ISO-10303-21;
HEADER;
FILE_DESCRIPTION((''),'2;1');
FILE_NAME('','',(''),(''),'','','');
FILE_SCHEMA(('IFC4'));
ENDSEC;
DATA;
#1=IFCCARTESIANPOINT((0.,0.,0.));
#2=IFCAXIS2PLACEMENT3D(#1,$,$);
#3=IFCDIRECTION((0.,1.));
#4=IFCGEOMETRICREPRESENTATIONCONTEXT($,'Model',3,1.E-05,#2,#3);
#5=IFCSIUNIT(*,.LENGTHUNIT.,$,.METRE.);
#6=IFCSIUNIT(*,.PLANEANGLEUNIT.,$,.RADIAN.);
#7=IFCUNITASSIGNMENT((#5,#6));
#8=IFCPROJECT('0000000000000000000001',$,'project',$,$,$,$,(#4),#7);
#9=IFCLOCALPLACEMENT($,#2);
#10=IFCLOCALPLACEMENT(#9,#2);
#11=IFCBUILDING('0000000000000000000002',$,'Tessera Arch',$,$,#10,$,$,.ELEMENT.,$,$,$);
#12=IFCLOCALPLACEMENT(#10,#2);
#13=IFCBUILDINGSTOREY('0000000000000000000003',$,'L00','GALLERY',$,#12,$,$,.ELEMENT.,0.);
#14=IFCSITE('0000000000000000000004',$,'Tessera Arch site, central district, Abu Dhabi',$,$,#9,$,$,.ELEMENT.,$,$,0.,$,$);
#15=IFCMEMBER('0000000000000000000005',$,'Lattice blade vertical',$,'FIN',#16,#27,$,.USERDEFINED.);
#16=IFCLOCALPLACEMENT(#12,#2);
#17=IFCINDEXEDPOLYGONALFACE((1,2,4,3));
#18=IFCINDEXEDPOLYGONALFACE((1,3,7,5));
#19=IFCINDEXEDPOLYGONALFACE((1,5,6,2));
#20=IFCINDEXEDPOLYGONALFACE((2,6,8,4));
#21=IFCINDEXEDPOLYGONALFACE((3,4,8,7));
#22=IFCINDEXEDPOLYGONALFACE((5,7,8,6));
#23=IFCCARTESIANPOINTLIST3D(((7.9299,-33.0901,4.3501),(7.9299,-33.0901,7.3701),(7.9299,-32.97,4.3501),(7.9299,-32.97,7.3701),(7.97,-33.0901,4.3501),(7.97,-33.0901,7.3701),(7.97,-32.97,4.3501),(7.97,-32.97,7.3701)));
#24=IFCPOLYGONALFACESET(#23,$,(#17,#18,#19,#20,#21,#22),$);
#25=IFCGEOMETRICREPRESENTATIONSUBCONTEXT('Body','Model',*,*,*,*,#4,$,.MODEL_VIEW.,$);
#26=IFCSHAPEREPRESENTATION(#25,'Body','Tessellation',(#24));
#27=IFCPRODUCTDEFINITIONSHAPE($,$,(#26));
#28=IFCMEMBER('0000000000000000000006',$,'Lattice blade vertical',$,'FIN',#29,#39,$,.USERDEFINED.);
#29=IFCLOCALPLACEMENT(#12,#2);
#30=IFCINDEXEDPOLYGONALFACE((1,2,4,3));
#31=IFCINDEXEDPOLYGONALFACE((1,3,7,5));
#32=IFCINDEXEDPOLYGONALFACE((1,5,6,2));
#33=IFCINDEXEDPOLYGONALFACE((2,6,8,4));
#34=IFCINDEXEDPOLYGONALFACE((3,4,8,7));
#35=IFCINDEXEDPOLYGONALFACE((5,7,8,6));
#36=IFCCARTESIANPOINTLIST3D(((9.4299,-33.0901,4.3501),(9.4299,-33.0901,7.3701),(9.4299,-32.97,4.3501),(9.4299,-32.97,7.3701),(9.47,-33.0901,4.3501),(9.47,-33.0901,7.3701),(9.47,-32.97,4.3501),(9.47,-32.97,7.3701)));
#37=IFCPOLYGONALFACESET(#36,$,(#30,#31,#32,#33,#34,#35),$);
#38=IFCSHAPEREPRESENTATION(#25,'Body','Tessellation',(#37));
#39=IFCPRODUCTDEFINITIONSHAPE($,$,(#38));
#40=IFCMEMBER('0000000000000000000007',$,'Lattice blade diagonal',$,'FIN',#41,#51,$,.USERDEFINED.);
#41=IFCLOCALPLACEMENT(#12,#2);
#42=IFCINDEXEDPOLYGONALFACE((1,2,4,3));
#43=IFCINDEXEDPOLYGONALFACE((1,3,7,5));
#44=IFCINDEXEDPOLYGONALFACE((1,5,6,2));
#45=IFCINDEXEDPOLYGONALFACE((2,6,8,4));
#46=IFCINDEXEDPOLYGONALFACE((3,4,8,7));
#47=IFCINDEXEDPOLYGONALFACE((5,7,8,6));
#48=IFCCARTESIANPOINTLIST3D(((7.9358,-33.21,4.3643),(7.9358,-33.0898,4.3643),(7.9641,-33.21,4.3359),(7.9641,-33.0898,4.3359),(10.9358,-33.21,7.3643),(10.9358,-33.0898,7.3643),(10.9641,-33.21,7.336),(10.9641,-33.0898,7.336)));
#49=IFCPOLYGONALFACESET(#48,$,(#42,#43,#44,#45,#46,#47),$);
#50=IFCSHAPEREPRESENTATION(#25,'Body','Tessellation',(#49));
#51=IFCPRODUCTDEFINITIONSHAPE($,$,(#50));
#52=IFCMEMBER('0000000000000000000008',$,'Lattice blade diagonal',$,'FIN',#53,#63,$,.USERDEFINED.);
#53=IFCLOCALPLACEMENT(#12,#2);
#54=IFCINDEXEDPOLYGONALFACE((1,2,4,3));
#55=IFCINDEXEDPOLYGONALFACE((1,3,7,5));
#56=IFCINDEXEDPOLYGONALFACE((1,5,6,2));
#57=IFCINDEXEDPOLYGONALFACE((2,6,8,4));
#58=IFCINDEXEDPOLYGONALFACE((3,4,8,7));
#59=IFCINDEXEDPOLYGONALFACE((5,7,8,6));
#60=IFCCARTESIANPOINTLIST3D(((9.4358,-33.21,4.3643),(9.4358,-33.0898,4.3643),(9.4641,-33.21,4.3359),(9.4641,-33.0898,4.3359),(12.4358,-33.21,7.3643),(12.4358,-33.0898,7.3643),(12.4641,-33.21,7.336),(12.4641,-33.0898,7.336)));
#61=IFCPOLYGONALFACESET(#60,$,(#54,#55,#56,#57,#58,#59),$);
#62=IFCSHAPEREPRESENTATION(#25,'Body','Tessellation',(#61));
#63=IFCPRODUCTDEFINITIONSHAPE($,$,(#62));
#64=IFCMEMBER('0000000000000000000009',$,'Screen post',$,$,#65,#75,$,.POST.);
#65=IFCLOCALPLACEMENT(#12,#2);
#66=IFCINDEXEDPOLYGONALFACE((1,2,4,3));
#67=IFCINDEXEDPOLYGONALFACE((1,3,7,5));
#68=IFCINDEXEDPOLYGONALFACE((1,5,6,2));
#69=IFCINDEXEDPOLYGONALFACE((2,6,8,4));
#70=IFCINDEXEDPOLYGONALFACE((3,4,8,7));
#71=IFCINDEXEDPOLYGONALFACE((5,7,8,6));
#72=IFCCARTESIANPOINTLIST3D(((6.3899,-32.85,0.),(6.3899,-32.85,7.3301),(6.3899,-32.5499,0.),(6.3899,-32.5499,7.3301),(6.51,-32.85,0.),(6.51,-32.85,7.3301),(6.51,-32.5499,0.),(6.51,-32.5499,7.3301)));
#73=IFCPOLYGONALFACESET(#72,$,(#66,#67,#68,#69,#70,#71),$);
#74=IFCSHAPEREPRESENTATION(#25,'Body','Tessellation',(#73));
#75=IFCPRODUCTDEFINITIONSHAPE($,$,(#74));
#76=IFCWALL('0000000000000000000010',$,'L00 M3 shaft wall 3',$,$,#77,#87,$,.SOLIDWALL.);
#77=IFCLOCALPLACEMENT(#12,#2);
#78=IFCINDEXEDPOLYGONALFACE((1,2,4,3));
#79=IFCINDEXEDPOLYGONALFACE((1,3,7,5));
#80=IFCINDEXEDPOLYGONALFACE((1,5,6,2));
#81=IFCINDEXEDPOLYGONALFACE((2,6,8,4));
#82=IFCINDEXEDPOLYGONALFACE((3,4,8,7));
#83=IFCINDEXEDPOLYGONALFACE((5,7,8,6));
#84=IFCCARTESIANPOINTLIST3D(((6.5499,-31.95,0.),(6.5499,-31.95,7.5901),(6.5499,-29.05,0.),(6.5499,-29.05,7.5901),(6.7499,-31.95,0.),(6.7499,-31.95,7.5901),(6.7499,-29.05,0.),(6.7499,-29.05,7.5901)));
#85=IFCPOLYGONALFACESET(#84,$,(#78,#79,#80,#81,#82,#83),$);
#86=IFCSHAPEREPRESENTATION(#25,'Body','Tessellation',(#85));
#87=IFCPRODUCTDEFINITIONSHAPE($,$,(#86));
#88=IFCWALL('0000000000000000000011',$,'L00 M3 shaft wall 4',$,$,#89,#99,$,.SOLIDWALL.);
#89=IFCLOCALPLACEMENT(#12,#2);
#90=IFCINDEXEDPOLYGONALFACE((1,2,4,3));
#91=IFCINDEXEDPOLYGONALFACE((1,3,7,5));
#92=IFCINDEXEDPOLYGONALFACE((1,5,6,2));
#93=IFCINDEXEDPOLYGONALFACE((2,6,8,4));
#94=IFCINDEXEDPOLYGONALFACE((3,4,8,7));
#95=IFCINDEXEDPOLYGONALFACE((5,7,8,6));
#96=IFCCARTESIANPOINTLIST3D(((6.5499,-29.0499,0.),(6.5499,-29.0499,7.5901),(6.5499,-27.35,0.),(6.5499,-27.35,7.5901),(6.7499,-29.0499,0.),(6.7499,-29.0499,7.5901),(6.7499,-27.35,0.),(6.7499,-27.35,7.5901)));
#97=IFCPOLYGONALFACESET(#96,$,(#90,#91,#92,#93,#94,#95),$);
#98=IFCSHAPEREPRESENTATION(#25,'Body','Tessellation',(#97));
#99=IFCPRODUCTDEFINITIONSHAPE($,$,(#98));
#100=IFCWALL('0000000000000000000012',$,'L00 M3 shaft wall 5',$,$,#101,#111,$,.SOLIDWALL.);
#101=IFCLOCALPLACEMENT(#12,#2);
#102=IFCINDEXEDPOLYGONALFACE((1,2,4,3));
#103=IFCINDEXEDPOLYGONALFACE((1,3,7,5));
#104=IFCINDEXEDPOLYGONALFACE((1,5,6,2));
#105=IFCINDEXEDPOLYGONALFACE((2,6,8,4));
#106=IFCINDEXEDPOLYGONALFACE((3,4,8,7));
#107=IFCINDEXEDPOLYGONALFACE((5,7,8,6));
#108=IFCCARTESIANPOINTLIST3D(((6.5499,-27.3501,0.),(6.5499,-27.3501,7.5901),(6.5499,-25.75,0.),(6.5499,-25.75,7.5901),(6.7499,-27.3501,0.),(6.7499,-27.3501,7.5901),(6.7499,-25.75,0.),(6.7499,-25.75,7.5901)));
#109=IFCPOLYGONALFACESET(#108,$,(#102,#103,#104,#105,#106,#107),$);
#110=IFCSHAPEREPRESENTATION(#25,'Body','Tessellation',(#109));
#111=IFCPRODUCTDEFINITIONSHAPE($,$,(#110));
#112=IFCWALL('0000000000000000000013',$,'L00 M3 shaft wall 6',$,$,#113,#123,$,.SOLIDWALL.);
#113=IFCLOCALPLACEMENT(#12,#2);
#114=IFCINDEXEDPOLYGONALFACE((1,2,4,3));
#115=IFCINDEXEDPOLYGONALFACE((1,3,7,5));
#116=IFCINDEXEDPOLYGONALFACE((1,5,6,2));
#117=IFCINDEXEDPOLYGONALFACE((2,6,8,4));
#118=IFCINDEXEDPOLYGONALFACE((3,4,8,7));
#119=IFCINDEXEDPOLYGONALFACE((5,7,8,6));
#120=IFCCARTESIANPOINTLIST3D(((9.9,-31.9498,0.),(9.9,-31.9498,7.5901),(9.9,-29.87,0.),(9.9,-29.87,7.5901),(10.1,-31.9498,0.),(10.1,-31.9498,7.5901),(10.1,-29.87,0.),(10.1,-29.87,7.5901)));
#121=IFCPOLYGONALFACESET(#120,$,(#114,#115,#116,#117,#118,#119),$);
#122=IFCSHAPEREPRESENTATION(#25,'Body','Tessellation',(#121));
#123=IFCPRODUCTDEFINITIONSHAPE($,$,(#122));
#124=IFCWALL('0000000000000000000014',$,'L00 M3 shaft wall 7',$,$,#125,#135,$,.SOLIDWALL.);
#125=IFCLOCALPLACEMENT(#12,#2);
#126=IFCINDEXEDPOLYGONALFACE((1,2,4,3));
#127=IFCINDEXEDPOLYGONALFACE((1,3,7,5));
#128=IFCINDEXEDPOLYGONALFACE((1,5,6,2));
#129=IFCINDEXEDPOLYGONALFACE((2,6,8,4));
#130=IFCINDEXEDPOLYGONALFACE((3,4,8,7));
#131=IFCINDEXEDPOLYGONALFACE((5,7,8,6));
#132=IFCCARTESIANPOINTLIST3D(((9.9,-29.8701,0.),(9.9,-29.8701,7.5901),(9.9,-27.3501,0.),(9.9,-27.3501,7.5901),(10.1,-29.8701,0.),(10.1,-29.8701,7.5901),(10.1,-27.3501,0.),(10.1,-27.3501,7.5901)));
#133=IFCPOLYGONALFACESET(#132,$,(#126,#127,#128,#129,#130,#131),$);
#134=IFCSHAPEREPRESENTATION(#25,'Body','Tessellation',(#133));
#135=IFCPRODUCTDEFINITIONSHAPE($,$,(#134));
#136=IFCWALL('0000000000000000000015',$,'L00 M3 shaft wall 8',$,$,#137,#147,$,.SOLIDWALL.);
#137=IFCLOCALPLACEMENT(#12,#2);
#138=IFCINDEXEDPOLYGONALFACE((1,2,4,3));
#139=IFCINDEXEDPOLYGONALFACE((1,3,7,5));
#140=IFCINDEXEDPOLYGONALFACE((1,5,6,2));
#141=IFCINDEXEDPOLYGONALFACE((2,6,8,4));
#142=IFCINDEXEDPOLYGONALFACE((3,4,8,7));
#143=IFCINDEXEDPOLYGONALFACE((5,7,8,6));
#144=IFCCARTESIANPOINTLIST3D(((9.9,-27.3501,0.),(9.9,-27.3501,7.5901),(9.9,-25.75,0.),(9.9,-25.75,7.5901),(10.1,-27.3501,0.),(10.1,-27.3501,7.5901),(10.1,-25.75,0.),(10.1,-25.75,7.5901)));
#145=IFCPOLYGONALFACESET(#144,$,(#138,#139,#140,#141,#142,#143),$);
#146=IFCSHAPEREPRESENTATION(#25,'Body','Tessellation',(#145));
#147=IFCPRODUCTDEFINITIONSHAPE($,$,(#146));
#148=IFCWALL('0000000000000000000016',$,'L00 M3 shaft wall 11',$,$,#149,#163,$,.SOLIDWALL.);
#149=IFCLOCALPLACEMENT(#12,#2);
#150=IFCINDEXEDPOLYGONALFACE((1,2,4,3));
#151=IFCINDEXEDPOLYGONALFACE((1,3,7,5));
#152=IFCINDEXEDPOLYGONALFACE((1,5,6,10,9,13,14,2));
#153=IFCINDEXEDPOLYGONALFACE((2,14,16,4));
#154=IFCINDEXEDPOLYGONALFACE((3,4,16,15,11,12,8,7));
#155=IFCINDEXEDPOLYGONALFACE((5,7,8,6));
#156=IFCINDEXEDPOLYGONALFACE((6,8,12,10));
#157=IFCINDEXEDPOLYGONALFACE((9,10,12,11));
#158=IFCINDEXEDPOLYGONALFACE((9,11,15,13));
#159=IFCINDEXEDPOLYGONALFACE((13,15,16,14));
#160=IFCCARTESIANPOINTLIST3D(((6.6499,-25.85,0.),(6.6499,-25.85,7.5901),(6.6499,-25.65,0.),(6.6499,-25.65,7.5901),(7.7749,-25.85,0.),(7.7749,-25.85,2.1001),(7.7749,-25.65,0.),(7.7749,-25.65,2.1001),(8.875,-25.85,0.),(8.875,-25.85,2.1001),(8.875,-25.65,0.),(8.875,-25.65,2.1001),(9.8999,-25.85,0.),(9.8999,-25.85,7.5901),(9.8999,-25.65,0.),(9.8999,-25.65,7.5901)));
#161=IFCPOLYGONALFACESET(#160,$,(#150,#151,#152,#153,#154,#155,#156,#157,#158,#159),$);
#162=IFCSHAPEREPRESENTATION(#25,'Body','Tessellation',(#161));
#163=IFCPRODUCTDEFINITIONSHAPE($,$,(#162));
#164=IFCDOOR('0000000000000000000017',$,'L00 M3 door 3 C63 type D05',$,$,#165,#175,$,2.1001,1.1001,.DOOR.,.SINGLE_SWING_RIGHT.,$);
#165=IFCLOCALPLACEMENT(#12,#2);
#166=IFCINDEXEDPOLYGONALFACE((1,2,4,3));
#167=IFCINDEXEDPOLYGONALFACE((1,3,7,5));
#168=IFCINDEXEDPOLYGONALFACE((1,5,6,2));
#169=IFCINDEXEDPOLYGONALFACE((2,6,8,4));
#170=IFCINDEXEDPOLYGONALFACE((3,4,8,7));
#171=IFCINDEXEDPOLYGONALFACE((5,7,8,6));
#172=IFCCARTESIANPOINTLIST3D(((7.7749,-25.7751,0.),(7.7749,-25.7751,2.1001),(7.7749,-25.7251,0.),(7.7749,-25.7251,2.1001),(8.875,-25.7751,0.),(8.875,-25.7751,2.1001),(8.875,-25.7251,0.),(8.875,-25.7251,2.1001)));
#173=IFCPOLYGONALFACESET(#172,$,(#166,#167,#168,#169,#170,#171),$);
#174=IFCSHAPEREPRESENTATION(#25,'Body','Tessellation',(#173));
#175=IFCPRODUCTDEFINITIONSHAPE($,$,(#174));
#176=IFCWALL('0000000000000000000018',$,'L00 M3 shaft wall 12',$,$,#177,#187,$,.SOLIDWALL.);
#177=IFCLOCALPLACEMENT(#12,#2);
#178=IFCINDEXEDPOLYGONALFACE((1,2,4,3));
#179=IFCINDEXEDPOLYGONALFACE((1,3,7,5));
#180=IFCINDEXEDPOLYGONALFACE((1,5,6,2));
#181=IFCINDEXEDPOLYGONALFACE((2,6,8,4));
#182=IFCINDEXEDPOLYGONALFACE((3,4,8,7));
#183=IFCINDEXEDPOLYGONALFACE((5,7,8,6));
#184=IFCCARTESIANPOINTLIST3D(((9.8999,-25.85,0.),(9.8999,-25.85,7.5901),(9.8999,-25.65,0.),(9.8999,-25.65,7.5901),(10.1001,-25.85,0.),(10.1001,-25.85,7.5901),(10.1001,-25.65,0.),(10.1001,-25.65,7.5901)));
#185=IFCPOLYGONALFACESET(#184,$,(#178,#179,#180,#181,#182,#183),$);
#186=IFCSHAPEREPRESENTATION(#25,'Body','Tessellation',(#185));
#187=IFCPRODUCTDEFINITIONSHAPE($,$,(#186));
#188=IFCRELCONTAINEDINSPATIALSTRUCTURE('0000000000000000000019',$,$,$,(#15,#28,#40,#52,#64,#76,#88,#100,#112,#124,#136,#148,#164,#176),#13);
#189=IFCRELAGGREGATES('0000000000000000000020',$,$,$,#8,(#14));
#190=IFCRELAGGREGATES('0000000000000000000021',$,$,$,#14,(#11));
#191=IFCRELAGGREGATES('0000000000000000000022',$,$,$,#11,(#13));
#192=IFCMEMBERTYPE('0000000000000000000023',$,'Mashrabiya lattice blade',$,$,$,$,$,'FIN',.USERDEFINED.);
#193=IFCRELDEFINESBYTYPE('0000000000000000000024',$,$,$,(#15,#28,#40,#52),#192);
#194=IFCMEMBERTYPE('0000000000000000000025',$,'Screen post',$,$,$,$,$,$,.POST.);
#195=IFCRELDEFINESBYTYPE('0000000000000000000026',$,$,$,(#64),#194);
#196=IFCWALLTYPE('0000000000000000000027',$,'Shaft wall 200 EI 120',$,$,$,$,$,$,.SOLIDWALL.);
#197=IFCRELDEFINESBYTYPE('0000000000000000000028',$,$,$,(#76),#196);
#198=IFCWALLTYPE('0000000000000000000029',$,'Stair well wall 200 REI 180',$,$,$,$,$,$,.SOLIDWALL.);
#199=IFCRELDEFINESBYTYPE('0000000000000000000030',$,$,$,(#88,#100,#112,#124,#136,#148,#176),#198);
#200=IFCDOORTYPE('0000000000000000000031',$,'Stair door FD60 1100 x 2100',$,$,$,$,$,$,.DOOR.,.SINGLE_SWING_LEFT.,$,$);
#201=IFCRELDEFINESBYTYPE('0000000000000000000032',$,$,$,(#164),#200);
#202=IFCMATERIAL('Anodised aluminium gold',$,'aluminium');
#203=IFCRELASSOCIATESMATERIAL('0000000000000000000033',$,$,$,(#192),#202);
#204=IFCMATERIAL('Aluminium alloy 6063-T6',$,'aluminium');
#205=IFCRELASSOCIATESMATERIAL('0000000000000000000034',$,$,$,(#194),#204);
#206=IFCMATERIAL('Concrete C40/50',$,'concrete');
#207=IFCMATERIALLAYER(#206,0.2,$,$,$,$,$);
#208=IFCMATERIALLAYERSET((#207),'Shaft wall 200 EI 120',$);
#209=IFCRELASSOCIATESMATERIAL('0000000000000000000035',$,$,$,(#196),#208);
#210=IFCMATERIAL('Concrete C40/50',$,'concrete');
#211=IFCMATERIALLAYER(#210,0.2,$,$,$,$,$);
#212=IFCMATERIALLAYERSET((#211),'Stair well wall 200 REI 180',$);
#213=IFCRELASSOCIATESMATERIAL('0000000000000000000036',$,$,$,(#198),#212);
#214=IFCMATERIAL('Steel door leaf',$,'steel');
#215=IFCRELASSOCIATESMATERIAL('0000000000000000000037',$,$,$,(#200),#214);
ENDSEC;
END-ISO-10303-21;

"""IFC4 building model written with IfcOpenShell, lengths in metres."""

from ifc_helpers import new_model, si_unit, direction, frame, frame_2d, origin, origin_2d, place, context, subcontext, project, spatial, rectangle, extrude, material, layer, layer_set, material_profile, profile_set, type_object, element, fill, save


model = new_model("IFC4")

# Units and contexts
model_context = context("Model", 3, precision=1e-05, world=origin(), true_north=direction((0.0, 1.0)))
body_context = subcontext(model_context, "Body", "Model", "MODEL_VIEW")
ifc_project = project(units=[si_unit("LENGTHUNIT", "METRE"), si_unit("PLANEANGLEUNIT", "RADIAN")], contexts=[model_context])

# Site, building, storey
site_placement = place(None, origin())
site = spatial("IfcSite", under=ifc_project, at=site_placement, Name="Tessera Arch site, central district, Abu Dhabi", CompositionType="ELEMENT", RefElevation=0.0)
building_placement = place(site_placement, origin())
building = spatial("IfcBuilding", under=site, at=building_placement, Name="Tessera Arch", CompositionType="ELEMENT")
storey_placement = place(building_placement, origin())
storey = spatial("IfcBuildingStorey", under=building, at=storey_placement, Name="L00", Description="GALLERY", CompositionType="ELEMENT", Elevation=0.0)

# Members
ifc_material_1 = material(Name="Anodised aluminium gold", Category="aluminium")
ifc_material_profile_1 = material_profile(ifc_material_1, rectangle(XDim=0.1201, YDim=0.04, at=origin_2d()), Name="AL 40x120")
ifc_profile_set_1 = profile_set([ifc_material_profile_1], Name="Anodised aluminium gold")
member_type_1 = type_object("IfcMemberType", Name="Mashrabiya lattice blade", ElementType="FIN", PredefinedType="USERDEFINED", material=ifc_profile_set_1)
for number, where, z_axis, x_axis, name in (
    (1, (7.95, -33.03, 4.3501), (0.0, 0.0, 1.0), (0.0, -1.0, 0.0), "Lattice blade vertical"),
    (2, (9.45, -33.03, 4.3501), (0.0, 0.0, 1.0), (0.0, -1.0, 0.0), "Lattice blade vertical"),
):
    element("IfcMember", number, at=place(storey_placement, frame(where, z_axis=z_axis, x_axis=x_axis)), inside=storey, type_object=member_type_1, Name=name, ObjectType="FIN", PredefinedType="USERDEFINED", context=body_context, shape_type="SweptSolid", body=[
        extrude(rectangle(XDim=0.1201, YDim=0.04, at=origin_2d()), origin(), (0.0, 0.0, 1.0), 3.02),
    ])
for number, where, z_axis, x_axis, name in (
    (3, (7.95, -33.1499, 4.3501), (0.707107, 0.0, 0.707107), (0.0, 1.0, 0.0), "Lattice blade diagonal"),
    (4, (9.45, -33.1499, 4.3501), (0.707107, 0.0, 0.707107), (0.0, 1.0, 0.0), "Lattice blade diagonal"),
):
    element("IfcMember", number, at=place(storey_placement, frame(where, z_axis=z_axis, x_axis=x_axis)), inside=storey, type_object=member_type_1, Name=name, ObjectType="FIN", PredefinedType="USERDEFINED", context=body_context, shape_type="SweptSolid", body=[
        extrude(rectangle(XDim=0.1201, YDim=0.04, at=origin_2d()), origin(), (0.0, 0.0, 1.0), 4.2427),
    ])
ifc_material_2 = material(Name="Aluminium alloy 6063-T6", Category="aluminium")
ifc_material_profile_2 = material_profile(ifc_material_2, rectangle(XDim=0.3, YDim=0.1201, at=origin_2d()), Name="AL 120x300")
ifc_profile_set_2 = profile_set([ifc_material_profile_2], Name="Aluminium alloy 6063-T6")
member_type_2 = type_object("IfcMemberType", Name="Screen post", PredefinedType="POST", material=ifc_profile_set_2)
member_placement = place(storey_placement, frame((6.45, -32.7, 0.0), z_axis=(0.0, 0.0, 1.0), x_axis=(0.0, -1.0, 0.0)))
element("IfcMember", 5, at=member_placement, inside=storey, type_object=member_type_2, Name="Screen post", PredefinedType="POST", context=body_context, shape_type="SweptSolid", body=[
    extrude(rectangle(XDim=0.3, YDim=0.1201, at=origin_2d()), origin(), (0.0, 0.0, 1.0), 7.3301),
])

# Walls
ifc_material_3 = material(Name="Concrete C40/50", Category="concrete")
ifc_layer_1 = layer(ifc_material_3, 0.2)
ifc_layer_set_1 = layer_set([ifc_layer_1], Name="Shaft wall 200 EI 120")
wall_type_1 = type_object("IfcWallType", Name="Shaft wall 200 EI 120", PredefinedType="SOLIDWALL", material=ifc_layer_set_1)
wall_1_placement = place(storey_placement, frame((6.6499, -31.95, 0.0), z_axis=(0.0, 0.0, 1.0), x_axis=(0.0, 1.0, 0.0)))
element("IfcWall", 6, at=wall_1_placement, inside=storey, type_object=wall_type_1, Name="L00 M3 shaft wall 3", PredefinedType="SOLIDWALL", context=body_context, shape_type="SweptSolid", body=[
    extrude(rectangle(XDim=2.8999, YDim=0.2, at=frame_2d((1.45, 0.0))), origin(), (0.0, 0.0, 1.0), 7.5901),
])
ifc_material_4 = material(Name="Concrete C40/50", Category="concrete")
ifc_layer_2 = layer(ifc_material_4, 0.2)
ifc_layer_set_2 = layer_set([ifc_layer_2], Name="Stair well wall 200 REI 180")
wall_type_2 = type_object("IfcWallType", Name="Stair well wall 200 REI 180", PredefinedType="SOLIDWALL", material=ifc_layer_set_2)
wall_2_placement = place(storey_placement, frame((6.6499, -29.05, 0.0), z_axis=(0.0, 0.0, 1.0), x_axis=(0.0, 1.0, 0.0)))
element("IfcWall", 7, at=wall_2_placement, inside=storey, type_object=wall_type_2, Name="L00 M3 shaft wall 4", PredefinedType="SOLIDWALL", context=body_context, shape_type="SweptSolid", body=[
    extrude(rectangle(XDim=1.7, YDim=0.2, at=frame_2d((0.8501, 0.0))), origin(), (0.0, 0.0, 1.0), 7.5901),
])
wall_3_placement = place(storey_placement, frame((6.6499, -27.3501, 0.0), z_axis=(0.0, 0.0, 1.0), x_axis=(0.0, 1.0, 0.0)))
element("IfcWall", 8, at=wall_3_placement, inside=storey, type_object=wall_type_2, Name="L00 M3 shaft wall 5", PredefinedType="SOLIDWALL", context=body_context, shape_type="SweptSolid", body=[
    extrude(rectangle(XDim=1.6001, YDim=0.2, at=frame_2d((0.8, 0.0))), origin(), (0.0, 0.0, 1.0), 7.5901),
])
wall_4_placement = place(storey_placement, frame((10.0, -31.95, 0.0), z_axis=(0.0, 0.0, 1.0), x_axis=(0.0, 1.0, 0.0)))
element("IfcWall", 9, at=wall_4_placement, inside=storey, type_object=wall_type_2, Name="L00 M3 shaft wall 6", PredefinedType="SOLIDWALL", context=body_context, shape_type="SweptSolid", body=[
    extrude(rectangle(XDim=2.0798, YDim=0.2, at=frame_2d((1.04, 0.0))), origin(), (0.0, 0.0, 1.0), 7.5901),
])
wall_5_placement = place(storey_placement, frame((10.0, -29.8701, 0.0), z_axis=(0.0, 0.0, 1.0), x_axis=(0.0, 1.0, 0.0)))
element("IfcWall", 10, at=wall_5_placement, inside=storey, type_object=wall_type_2, Name="L00 M3 shaft wall 7", PredefinedType="SOLIDWALL", context=body_context, shape_type="SweptSolid", body=[
    extrude(rectangle(XDim=2.52, YDim=0.2, at=frame_2d((1.26, 0.0))), origin(), (0.0, 0.0, 1.0), 7.5901),
])
wall_6_placement = place(storey_placement, frame((10.0, -27.3501, 0.0), z_axis=(0.0, 0.0, 1.0), x_axis=(0.0, 1.0, 0.0)))
element("IfcWall", 11, at=wall_6_placement, inside=storey, type_object=wall_type_2, Name="L00 M3 shaft wall 8", PredefinedType="SOLIDWALL", context=body_context, shape_type="SweptSolid", body=[
    extrude(rectangle(XDim=1.6001, YDim=0.2, at=frame_2d((0.8, 0.0))), origin(), (0.0, 0.0, 1.0), 7.5901),
])

# Wall, opening, door
wall_7_placement = place(storey_placement, frame((6.6499, -25.75, 0.0), z_axis=(0.0, 0.0, 1.0), x_axis=(1.0, 0.0, 0.0)))
wall_7 = element("IfcWall", 12, at=wall_7_placement, inside=storey, type_object=wall_type_2, Name="L00 M3 shaft wall 11", PredefinedType="SOLIDWALL", context=body_context, shape_type="SweptSolid", body=[
    extrude(rectangle(XDim=3.25, YDim=0.2, at=frame_2d((1.625, 0.0))), origin(), (0.0, 0.0, 1.0), 7.5901),
])
opening_placement = place(wall_7_placement, frame((1.125, 0.0, 0.0)))
opening = element("IfcOpeningElement", 13, at=opening_placement, cuts=wall_7, PredefinedType="OPENING", context=body_context, shape_type="SweptSolid", body=[
    extrude(rectangle(XDim=1.1001, YDim=2.1001, at=frame_2d((0.55, 1.05))), frame((0.0, 0.1099, 0.0), z_axis=(0.0, -1.0, 0.0), x_axis=(1.0, 0.0, 0.0)), (0.0, 0.0, 1.0), 0.22),
])
ifc_material_5 = material(Name="Steel door leaf", Category="steel")
door_type = type_object("IfcDoorType", Name="Stair door FD60 1100 x 2100", OperationType="SINGLE_SWING_LEFT", PredefinedType="DOOR", material=ifc_material_5)
door_placement = place(opening_placement, origin())
door = element("IfcDoor", 14, at=door_placement, inside=storey, type_object=door_type, Name="L00 M3 door 3 C63 type D05", OperationType="SINGLE_SWING_RIGHT", OverallHeight=2.1001, OverallWidth=1.1001, PredefinedType="DOOR", context=body_context, shape_type="SweptSolid", body=[
    extrude(rectangle(XDim=1.1001, YDim=2.1001, at=frame_2d((0.55, 1.05))), frame((0.0, 0.0249, 0.0), z_axis=(0.0, -1.0, 0.0), x_axis=(1.0, 0.0, 0.0)), (0.0, 0.0, 1.0), 0.05),
])
fill(opening, door)

# Wall
wall_8_placement = place(storey_placement, frame((9.8999, -25.75, 0.0), z_axis=(0.0, 0.0, 1.0), x_axis=(1.0, 0.0, 0.0)))
element("IfcWall", 15, at=wall_8_placement, inside=storey, type_object=wall_type_2, Name="L00 M3 shaft wall 12", PredefinedType="SOLIDWALL", context=body_context, shape_type="SweptSolid", body=[
    extrude(rectangle(XDim=0.2002, YDim=0.2, at=frame_2d((0.1001, 0.0))), origin(), (0.0, 0.0, 1.0), 7.5901),
])

save(model, "model.ifc")
